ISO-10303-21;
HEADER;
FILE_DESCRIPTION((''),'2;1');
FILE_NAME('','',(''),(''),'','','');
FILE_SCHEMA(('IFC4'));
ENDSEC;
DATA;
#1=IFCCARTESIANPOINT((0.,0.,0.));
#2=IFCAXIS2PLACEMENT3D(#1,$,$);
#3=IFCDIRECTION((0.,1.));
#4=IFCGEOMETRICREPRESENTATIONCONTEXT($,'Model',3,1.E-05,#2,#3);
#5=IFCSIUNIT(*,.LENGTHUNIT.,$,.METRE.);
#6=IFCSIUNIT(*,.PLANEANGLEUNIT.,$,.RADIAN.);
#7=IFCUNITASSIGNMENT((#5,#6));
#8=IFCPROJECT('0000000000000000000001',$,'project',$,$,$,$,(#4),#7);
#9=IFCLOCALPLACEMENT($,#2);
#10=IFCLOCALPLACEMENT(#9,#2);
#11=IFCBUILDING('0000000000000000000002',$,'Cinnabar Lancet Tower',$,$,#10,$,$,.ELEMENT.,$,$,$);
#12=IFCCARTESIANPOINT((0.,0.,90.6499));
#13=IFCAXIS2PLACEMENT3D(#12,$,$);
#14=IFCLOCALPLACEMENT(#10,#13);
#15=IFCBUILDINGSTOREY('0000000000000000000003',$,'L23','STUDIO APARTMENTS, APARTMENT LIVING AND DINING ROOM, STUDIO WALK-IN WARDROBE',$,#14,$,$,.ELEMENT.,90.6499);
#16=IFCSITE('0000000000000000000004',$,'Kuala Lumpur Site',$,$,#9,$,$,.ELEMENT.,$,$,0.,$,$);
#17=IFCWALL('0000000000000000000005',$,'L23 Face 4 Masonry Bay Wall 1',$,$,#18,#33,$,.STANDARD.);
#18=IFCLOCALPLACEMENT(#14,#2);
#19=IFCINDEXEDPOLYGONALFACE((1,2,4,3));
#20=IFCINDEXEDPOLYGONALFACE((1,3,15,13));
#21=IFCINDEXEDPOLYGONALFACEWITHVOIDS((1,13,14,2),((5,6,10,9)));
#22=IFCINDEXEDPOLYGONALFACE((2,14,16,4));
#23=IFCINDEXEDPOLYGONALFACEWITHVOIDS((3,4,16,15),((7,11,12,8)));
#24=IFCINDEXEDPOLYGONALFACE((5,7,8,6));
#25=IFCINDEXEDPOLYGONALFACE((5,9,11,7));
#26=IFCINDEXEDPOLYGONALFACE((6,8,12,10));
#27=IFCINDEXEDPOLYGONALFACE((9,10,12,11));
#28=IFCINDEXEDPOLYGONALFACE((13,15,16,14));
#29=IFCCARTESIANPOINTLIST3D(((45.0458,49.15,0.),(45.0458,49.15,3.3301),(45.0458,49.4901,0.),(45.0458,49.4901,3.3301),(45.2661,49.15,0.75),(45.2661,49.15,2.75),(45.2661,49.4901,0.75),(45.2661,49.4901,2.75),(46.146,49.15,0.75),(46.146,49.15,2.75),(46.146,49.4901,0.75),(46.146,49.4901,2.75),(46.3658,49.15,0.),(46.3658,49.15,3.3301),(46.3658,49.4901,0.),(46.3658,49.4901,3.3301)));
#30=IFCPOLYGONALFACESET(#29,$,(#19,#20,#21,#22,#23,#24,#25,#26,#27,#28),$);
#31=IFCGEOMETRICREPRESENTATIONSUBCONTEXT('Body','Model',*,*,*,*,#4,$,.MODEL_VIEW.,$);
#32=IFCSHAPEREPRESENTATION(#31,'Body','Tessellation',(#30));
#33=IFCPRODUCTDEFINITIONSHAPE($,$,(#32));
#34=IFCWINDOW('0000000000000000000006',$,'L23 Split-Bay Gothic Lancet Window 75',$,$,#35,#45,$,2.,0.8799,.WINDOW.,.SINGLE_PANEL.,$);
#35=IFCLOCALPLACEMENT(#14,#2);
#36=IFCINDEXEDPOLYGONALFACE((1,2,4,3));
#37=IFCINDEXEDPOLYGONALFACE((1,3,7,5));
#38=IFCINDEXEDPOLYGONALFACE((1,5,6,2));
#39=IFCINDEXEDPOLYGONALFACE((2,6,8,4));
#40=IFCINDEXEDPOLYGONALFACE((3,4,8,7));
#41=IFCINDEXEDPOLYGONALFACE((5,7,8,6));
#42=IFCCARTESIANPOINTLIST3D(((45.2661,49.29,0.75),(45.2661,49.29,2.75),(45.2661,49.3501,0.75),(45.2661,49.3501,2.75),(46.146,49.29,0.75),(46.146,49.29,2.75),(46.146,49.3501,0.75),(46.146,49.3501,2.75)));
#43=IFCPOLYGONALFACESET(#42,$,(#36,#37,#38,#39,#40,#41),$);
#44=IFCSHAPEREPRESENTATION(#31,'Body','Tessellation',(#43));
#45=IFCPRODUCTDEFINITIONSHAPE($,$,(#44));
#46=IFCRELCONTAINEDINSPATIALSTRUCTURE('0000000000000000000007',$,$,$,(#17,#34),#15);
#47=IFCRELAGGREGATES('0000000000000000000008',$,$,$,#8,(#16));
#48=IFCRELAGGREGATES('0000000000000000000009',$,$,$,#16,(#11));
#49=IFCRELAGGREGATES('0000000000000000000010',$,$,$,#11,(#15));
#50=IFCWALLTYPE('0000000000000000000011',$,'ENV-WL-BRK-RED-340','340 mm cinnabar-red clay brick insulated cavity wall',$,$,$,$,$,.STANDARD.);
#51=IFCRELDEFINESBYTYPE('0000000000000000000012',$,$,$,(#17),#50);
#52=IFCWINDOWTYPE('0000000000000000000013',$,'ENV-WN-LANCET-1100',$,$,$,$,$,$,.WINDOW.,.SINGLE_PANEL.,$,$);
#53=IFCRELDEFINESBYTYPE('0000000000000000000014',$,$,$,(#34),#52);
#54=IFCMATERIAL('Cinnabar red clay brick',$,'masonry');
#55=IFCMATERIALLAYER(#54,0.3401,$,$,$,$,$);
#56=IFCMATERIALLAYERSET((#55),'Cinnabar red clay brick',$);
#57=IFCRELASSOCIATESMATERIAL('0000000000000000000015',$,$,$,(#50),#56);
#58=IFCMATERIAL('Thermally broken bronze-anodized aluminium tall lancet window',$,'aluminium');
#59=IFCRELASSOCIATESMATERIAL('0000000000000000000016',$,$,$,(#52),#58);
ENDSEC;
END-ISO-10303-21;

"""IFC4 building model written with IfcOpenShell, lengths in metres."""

from ifc_helpers import new_model, si_unit, direction, frame, frame_2d, origin, place, context, subcontext, project, spatial, rectangle, extrude, material, layer, layer_set, type_object, element, fill, save


model = new_model("IFC4")

# Units and contexts
model_context = context("Model", 3, precision=1e-05, world=origin(), true_north=direction((0.0, 1.0)))
body_context = subcontext(model_context, "Body", "Model", "MODEL_VIEW")
ifc_project = project(units=[si_unit("LENGTHUNIT", "METRE"), si_unit("PLANEANGLEUNIT", "RADIAN")], contexts=[model_context])

# Site, building, storey
site_placement = place(None, origin())
site = spatial("IfcSite", under=ifc_project, at=site_placement, Name="Kuala Lumpur Site", CompositionType="ELEMENT", RefElevation=0.0)
building_placement = place(site_placement, origin())
building = spatial("IfcBuilding", under=site, at=building_placement, Name="Cinnabar Lancet Tower", CompositionType="ELEMENT")
storey_placement = place(building_placement, frame((0.0, 0.0, 90.6499)))
storey = spatial("IfcBuildingStorey", under=building, at=storey_placement, Name="L23", Description="STUDIO APARTMENTS, APARTMENT LIVING AND DINING ROOM, STUDIO WALK-IN WARDROBE", CompositionType="ELEMENT", Elevation=90.6499)

# Shared definitions
ifc_material_1 = material(Name="Cinnabar red clay brick", Category="masonry")
ifc_layer_1 = layer(ifc_material_1, 0.3401)
ifc_layer_set_1 = layer_set([ifc_layer_1], Name="Cinnabar red clay brick")
wall_type_1 = type_object("IfcWallType", Name="ENV-WL-BRK-RED-340", Description="340 mm cinnabar-red clay brick insulated cavity wall", PredefinedType="STANDARD", material=ifc_layer_set_1)

# Shared definitions
ifc_material_2 = material(Name="Thermally broken bronze-anodized aluminium tall lancet window", Category="aluminium")
window_type = type_object("IfcWindowType", Name="ENV-WN-LANCET-1100", PartitioningType="SINGLE_PANEL", PredefinedType="WINDOW", material=ifc_material_2)

# Wall, opening, window
wall_1_placement = place(storey_placement, frame((46.366, 49.3201, 0.0), z_axis=(0.0, 0.0, 1.0), x_axis=(-1.0, 0.0, 0.0)))
wall_1 = element("IfcWall", 1, at=wall_1_placement, inside=storey, type_object=wall_type_1, Name="L23 Face 4 Masonry Bay Wall 1", PredefinedType="STANDARD", context=body_context, shape_type="SweptSolid", body=[
    extrude(rectangle(XDim=1.3201, YDim=0.3401, at=frame_2d((0.6602, 0.0))), origin(), (0.0, 0.0, 1.0), 3.3301),
])
opening_1_placement = place(wall_1_placement, frame((0.22, 0.0, 0.75)))
opening_1 = element("IfcOpeningElement", 2, at=opening_1_placement, cuts=wall_1, PredefinedType="OPENING", context=body_context, shape_type="SweptSolid", body=[
    extrude(rectangle(XDim=0.8799, YDim=2.0, at=frame_2d((0.4399, 1.0))), frame((0.0, 0.1799, 0.0), z_axis=(0.0, -1.0, 0.0), x_axis=(1.0, 0.0, 0.0)), (0.0, 0.0, 1.0), 0.3601),
])
window_1_placement = place(opening_1_placement, origin())
window_1 = element("IfcWindow", 3, at=window_1_placement, inside=storey, type_object=window_type, Name="L23 Split-Bay Gothic Lancet Window 75", OverallHeight=2.0, OverallWidth=0.8799, PartitioningType="SINGLE_PANEL", PredefinedType="WINDOW", context=body_context, shape_type="SweptSolid", body=[
    extrude(rectangle(XDim=0.8799, YDim=2.0, at=frame_2d((0.4399, 1.0))), frame((0.0, 0.03, 0.0), z_axis=(0.0, -1.0, 0.0), x_axis=(1.0, 0.0, 0.0)), (0.0, 0.0, 1.0), 0.0601),
])
fill(opening_1, window_1)

save(model, "model.ifc")
